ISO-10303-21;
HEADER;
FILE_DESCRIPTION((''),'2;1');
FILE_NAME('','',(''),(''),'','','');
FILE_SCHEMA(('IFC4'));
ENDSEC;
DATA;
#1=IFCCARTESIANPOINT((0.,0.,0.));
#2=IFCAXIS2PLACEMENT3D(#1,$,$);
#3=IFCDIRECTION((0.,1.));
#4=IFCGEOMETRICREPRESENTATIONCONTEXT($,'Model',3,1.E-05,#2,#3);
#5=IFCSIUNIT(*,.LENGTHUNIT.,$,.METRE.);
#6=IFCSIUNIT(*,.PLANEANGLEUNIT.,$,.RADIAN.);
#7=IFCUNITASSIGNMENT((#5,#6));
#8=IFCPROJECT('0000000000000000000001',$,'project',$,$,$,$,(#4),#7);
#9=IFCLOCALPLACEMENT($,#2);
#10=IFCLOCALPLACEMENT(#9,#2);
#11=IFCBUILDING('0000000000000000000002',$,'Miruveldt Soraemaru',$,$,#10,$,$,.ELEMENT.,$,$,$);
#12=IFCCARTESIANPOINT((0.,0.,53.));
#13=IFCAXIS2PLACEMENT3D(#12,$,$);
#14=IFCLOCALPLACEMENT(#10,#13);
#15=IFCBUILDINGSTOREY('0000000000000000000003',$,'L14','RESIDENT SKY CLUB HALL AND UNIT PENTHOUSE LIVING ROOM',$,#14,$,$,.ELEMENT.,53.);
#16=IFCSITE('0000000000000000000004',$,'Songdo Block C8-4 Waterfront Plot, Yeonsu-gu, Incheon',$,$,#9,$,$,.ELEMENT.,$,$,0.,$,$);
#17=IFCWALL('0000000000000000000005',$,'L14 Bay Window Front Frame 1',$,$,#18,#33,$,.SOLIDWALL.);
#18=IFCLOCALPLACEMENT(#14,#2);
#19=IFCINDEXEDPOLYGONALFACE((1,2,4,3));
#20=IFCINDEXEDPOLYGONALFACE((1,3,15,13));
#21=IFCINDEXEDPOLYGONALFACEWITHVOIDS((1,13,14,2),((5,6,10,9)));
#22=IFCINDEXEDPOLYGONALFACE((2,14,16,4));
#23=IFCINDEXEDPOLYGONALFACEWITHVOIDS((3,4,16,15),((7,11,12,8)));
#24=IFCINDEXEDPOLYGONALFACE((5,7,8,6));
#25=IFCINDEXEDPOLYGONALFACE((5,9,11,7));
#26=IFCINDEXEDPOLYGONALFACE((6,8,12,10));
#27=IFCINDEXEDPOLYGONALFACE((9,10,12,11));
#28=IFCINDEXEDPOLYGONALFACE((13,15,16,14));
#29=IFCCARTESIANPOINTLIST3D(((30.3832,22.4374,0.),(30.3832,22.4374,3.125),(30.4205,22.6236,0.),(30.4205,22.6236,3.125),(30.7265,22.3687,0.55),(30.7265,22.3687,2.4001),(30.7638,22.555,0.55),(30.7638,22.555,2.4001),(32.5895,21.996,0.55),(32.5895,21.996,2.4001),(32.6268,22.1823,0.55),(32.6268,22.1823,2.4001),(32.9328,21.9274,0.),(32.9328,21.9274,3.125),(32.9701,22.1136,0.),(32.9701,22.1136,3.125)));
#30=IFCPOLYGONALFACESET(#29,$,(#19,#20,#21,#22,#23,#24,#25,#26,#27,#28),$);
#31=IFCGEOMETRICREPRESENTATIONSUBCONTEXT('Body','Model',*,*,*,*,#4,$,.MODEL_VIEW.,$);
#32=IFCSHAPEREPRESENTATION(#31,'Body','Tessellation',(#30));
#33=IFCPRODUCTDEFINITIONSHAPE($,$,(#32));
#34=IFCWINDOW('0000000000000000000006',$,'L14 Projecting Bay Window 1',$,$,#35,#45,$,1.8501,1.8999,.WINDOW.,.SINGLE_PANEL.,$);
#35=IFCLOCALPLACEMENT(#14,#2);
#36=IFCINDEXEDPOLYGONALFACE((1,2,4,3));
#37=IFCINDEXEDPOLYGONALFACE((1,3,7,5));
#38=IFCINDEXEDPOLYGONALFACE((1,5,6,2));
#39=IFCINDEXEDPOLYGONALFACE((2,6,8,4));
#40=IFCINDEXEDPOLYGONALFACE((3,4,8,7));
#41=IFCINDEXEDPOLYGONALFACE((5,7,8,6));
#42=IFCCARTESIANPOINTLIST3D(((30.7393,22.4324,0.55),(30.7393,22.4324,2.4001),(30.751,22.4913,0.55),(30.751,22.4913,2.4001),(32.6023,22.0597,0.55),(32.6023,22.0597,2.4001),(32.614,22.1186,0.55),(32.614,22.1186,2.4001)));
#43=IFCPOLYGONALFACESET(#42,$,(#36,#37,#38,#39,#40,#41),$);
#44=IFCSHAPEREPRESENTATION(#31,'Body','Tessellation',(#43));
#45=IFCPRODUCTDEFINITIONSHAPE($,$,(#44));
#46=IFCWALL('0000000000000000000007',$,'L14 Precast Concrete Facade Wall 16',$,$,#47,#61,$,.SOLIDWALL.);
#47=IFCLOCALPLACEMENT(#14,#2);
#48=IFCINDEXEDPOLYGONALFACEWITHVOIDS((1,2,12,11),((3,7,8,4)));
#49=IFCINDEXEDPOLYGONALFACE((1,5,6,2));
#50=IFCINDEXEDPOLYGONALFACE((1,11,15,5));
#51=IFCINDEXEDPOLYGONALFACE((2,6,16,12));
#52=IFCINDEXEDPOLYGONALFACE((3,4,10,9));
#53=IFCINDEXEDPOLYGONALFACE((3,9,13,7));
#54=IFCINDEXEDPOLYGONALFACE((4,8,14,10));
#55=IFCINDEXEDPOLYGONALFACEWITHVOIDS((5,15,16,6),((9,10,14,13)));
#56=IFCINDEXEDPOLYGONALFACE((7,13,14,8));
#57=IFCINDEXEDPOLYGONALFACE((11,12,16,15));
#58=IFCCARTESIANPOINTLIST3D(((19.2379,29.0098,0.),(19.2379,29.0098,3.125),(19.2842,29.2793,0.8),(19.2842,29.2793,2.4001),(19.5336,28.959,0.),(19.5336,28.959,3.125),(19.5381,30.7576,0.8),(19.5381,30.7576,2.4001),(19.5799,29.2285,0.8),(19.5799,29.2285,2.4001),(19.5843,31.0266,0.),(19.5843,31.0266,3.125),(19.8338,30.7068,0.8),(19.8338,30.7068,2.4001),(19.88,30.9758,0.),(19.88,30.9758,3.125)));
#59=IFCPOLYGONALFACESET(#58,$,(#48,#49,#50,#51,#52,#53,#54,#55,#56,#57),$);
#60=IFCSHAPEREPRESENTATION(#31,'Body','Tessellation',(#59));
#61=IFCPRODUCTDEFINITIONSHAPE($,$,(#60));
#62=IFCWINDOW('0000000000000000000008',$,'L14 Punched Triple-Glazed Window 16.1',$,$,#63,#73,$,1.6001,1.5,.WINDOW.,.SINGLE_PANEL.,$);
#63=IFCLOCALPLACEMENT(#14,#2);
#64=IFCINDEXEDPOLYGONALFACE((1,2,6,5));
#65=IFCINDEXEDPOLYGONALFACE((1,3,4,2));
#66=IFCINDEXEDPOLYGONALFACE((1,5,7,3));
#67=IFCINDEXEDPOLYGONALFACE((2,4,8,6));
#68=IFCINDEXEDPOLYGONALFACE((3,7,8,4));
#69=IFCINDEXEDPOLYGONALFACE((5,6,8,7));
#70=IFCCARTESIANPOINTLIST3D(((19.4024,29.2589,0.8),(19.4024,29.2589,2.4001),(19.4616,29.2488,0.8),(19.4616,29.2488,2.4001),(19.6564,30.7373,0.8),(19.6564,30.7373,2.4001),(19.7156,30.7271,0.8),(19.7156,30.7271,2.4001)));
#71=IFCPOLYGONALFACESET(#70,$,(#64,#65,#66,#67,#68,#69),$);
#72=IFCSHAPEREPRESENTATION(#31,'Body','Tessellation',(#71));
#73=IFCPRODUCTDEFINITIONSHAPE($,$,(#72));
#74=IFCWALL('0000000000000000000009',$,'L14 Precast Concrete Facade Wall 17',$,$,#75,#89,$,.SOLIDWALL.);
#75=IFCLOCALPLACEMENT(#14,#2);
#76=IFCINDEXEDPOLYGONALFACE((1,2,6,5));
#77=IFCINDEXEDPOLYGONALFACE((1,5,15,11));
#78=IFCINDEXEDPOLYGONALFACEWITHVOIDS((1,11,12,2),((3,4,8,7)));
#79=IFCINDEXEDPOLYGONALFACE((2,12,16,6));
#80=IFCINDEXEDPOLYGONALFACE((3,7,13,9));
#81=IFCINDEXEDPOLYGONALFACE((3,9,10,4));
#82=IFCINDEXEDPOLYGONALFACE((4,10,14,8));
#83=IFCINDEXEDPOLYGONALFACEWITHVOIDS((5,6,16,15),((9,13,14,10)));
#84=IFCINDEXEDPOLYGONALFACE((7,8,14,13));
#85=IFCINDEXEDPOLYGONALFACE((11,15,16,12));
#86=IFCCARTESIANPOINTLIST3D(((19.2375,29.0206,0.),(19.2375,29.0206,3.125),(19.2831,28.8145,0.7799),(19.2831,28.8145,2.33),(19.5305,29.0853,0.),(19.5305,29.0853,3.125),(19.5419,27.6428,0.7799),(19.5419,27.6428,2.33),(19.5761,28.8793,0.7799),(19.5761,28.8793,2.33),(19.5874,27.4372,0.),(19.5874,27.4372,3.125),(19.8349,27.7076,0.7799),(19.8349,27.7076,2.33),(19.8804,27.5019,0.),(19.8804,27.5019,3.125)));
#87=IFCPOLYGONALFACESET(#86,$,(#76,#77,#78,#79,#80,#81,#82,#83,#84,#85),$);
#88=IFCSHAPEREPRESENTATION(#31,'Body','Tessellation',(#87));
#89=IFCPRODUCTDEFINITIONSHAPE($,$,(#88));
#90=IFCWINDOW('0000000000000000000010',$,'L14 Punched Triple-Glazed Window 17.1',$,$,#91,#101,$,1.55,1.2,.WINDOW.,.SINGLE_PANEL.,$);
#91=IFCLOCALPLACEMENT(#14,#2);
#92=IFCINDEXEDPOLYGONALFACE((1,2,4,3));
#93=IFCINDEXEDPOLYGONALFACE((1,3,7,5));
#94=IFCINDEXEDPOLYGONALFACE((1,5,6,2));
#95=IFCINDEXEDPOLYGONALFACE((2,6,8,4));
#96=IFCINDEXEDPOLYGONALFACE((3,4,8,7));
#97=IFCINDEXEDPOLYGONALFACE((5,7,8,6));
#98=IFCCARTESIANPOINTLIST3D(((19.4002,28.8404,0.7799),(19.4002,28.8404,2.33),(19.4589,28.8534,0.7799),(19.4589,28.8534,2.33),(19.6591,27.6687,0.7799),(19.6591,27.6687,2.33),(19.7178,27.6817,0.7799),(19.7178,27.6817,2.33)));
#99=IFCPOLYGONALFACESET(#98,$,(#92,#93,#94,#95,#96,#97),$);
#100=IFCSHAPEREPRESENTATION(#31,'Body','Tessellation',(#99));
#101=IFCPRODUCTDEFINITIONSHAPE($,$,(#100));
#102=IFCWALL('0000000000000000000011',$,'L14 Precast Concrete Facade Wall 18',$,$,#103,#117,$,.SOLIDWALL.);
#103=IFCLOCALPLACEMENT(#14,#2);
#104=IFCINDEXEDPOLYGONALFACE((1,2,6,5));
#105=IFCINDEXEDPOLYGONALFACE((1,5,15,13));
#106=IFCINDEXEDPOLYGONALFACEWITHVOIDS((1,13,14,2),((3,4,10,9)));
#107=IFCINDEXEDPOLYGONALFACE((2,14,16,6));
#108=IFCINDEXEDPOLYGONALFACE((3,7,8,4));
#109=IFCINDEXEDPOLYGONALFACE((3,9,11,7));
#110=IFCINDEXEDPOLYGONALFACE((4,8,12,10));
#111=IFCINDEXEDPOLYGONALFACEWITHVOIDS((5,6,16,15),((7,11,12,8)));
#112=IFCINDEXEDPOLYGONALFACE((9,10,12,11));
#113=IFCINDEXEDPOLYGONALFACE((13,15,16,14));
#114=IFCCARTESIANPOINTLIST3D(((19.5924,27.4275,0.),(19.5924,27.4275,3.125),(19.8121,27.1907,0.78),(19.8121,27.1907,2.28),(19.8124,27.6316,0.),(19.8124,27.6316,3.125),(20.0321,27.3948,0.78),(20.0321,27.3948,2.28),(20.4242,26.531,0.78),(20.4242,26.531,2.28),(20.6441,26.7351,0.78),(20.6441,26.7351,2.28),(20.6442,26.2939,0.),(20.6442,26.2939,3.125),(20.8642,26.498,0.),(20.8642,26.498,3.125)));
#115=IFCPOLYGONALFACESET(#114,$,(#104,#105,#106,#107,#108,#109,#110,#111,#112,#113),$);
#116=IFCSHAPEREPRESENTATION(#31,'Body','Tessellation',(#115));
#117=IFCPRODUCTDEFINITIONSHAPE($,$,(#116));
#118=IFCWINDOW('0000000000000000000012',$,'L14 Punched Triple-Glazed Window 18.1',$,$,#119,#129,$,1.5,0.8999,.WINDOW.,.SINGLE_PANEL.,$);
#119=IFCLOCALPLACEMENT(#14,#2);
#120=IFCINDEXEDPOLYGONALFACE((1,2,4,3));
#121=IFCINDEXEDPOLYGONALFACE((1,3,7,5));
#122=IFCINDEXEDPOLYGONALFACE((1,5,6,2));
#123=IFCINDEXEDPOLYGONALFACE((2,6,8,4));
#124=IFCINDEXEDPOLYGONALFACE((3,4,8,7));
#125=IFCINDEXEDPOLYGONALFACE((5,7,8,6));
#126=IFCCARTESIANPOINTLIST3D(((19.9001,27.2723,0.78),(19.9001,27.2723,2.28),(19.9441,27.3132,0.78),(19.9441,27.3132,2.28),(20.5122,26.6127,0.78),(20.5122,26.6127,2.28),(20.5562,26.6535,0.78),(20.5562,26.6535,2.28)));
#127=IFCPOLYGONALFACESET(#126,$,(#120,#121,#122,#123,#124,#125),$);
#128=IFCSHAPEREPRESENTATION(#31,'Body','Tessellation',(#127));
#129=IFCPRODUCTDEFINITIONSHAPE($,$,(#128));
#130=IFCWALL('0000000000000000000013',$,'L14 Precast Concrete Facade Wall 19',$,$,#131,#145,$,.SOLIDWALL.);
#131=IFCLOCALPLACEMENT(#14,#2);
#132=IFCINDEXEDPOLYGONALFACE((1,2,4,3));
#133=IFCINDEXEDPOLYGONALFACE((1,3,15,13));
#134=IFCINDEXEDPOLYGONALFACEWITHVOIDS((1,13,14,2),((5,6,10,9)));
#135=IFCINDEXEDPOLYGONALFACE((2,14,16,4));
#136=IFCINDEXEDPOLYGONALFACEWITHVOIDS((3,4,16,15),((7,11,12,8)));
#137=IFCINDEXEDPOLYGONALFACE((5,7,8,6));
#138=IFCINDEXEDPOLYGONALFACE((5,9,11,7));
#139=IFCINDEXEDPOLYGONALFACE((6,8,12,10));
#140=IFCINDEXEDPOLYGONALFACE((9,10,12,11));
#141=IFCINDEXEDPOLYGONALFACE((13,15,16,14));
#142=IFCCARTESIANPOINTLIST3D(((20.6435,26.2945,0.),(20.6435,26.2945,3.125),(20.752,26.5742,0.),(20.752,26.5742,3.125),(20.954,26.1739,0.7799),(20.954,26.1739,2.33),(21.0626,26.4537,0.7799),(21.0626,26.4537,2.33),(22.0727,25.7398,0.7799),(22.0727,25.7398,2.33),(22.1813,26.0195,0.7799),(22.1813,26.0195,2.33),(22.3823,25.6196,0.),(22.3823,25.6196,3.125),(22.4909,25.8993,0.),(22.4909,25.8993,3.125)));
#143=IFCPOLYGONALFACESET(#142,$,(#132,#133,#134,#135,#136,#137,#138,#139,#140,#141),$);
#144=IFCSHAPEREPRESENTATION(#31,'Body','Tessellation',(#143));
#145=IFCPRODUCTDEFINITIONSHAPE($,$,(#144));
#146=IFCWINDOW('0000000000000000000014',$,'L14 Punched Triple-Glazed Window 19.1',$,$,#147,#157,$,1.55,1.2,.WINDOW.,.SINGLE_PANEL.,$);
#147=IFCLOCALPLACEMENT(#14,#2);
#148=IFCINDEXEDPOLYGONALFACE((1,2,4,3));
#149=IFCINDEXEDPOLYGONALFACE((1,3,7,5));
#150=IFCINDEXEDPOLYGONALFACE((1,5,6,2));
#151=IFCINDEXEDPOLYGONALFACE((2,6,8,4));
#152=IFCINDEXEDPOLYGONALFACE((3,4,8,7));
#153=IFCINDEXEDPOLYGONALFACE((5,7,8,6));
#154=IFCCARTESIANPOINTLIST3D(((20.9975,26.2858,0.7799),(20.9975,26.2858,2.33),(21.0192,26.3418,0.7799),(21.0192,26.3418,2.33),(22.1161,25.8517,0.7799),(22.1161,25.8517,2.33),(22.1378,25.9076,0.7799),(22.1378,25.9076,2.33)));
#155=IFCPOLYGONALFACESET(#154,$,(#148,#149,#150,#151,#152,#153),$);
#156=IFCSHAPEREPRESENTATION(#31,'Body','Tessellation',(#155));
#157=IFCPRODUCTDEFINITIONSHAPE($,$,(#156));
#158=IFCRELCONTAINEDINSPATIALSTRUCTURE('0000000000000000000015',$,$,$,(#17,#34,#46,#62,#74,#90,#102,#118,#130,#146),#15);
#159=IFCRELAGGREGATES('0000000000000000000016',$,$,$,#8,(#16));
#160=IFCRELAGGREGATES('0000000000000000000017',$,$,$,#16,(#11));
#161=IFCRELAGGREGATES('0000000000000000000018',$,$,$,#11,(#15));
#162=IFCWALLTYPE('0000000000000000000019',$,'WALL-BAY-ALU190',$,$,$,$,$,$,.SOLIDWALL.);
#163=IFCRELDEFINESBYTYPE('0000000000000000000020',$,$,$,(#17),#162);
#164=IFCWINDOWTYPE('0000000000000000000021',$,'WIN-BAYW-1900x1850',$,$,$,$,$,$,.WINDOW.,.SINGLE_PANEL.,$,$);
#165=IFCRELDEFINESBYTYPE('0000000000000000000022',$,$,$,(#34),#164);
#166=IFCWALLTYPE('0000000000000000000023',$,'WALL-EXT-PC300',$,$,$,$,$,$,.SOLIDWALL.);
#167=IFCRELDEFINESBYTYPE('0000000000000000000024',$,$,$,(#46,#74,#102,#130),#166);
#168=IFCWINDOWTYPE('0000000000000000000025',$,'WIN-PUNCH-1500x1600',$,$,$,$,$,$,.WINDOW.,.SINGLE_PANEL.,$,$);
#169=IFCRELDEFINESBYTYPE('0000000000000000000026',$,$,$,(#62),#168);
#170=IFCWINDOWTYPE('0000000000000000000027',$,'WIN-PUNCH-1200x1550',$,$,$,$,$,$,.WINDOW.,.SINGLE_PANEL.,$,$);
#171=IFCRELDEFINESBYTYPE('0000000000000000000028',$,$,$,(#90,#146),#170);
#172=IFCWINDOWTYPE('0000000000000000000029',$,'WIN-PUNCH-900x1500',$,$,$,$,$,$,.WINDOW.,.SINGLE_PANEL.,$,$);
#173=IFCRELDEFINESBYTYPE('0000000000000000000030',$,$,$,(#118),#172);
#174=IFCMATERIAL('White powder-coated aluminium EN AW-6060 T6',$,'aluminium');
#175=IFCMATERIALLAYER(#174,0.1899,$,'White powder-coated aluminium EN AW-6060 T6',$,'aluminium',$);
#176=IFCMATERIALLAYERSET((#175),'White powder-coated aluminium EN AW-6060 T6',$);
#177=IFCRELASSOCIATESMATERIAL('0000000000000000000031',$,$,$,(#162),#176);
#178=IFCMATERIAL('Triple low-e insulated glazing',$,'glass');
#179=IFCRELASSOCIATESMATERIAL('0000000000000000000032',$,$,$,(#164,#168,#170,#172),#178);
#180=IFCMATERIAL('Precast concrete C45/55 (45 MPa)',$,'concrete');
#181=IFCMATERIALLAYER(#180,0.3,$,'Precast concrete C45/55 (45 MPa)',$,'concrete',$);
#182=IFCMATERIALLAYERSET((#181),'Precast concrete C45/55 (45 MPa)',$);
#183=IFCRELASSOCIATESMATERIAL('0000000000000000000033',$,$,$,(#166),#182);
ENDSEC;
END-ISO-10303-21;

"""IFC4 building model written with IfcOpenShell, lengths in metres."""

from ifc_helpers import new_model, si_unit, direction, frame, frame_2d, origin, place, context, subcontext, project, spatial, rectangle, extrude, material, layer, layer_set, type_object, element, fill, save


model = new_model("IFC4")

# Units and contexts
model_context = context("Model", 3, precision=1e-05, world=origin(), true_north=direction((0.0, 1.0)))
body_context = subcontext(model_context, "Body", "Model", "MODEL_VIEW")
ifc_project = project(units=[si_unit("LENGTHUNIT", "METRE"), si_unit("PLANEANGLEUNIT", "RADIAN")], contexts=[model_context])

# Site, building, storey
site_placement = place(None, origin())
site = spatial("IfcSite", under=ifc_project, at=site_placement, Name="Songdo Block C8-4 Waterfront Plot, Yeonsu-gu, Incheon", CompositionType="ELEMENT", RefElevation=0.0)
building_placement = place(site_placement, origin())
building = spatial("IfcBuilding", under=site, at=building_placement, Name="Miruveldt Soraemaru", CompositionType="ELEMENT")
storey_placement = place(building_placement, frame((0.0, 0.0, 53.0)))
storey = spatial("IfcBuildingStorey", under=building, at=storey_placement, Name="L14", Description="RESIDENT SKY CLUB HALL AND UNIT PENTHOUSE LIVING ROOM", CompositionType="ELEMENT", Elevation=53.0)

# Shared definitions
ifc_material_1 = material(Name="Precast concrete C45/55 (45 MPa)", Category="concrete")

# Shared definitions
ifc_material_2 = material(Name="White powder-coated aluminium EN AW-6060 T6", Category="aluminium")
ifc_layer_1 = layer(ifc_material_2, 0.1899, Name="White powder-coated aluminium EN AW-6060 T6", Category="aluminium")
ifc_layer_set_1 = layer_set([ifc_layer_1], Name="White powder-coated aluminium EN AW-6060 T6")
wall_type_1 = type_object("IfcWallType", Name="WALL-BAY-ALU190", PredefinedType="SOLIDWALL", material=ifc_layer_set_1)

# Walls, openings, windows
wall_1_placement = place(storey_placement, frame((30.4019, 22.5305, 0.0), z_axis=(0.0, 0.0, 1.0), x_axis=(0.980573, -0.196152, 0.0)))
wall_1 = element("IfcWall", 1, at=wall_1_placement, inside=storey, type_object=wall_type_1, Name="L14 Bay Window Front Frame 1", PredefinedType="SOLIDWALL", context=body_context, shape_type="SweptSolid", body=[
    extrude(rectangle(XDim=2.6001, YDim=0.1899, at=frame_2d((1.3, 0.0))), origin(), (0.0, 0.0, 1.0), 3.125),
])
opening_1_placement = place(wall_1_placement, frame((0.3501, 0.0, 0.55)))
opening_1 = element("IfcOpeningElement", 2, at=opening_1_placement, cuts=wall_1, PredefinedType="OPENING", context=body_context, shape_type="SweptSolid", body=[
    extrude(rectangle(XDim=1.8999, YDim=1.8501, at=frame_2d((0.95, 0.925))), frame((0.0, 0.105, 0.0), z_axis=(0.0, -1.0, 0.0), x_axis=(1.0, 0.0, 0.0)), (0.0, 0.0, 1.0), 0.21),
])
ifc_material_3 = material(Name="Triple low-e insulated glazing", Category="glass")
window_type_1 = type_object("IfcWindowType", Name="WIN-BAYW-1900x1850", PartitioningType="SINGLE_PANEL", PredefinedType="WINDOW", material=ifc_material_3)
window_1_placement = place(opening_1_placement, origin())
window_1 = element("IfcWindow", 3, at=window_1_placement, inside=storey, type_object=window_type_1, Name="L14 Projecting Bay Window 1", OverallHeight=1.8501, OverallWidth=1.8999, PartitioningType="SINGLE_PANEL", PredefinedType="WINDOW", context=body_context, shape_type="SweptSolid", body=[
    extrude(rectangle(XDim=1.8999, YDim=1.8501, at=frame_2d((0.95, 0.925))), frame((0.0, 0.03, 0.0), z_axis=(0.0, -1.0, 0.0), x_axis=(1.0, 0.0, 0.0)), (0.0, 0.0, 1.0), 0.0601),
])
fill(opening_1, window_1)
ifc_layer_2 = layer(ifc_material_1, 0.3, Name="Precast concrete C45/55 (45 MPa)", Category="concrete")
ifc_layer_set_2 = layer_set([ifc_layer_2], Name="Precast concrete C45/55 (45 MPa)")
wall_type_2 = type_object("IfcWallType", Name="WALL-EXT-PC300", PredefinedType="SOLIDWALL", material=ifc_layer_set_2)
wall_2_placement = place(storey_placement, frame((19.7322, 31.0012, 0.0), z_axis=(0.0, 0.0, 1.0), x_axis=(-0.169292, -0.985566, 0.0)))
wall_2 = element("IfcWall", 4, at=wall_2_placement, inside=storey, type_object=wall_type_2, Name="L14 Precast Concrete Facade Wall 16", PredefinedType="SOLIDWALL", context=body_context, shape_type="SweptSolid", body=[
    extrude(rectangle(XDim=2.0464, YDim=0.3, at=frame_2d((1.0232, 0.0))), origin(), (0.0, 0.0, 1.0), 3.125),
])
opening_2_placement = place(wall_2_placement, frame((0.2729, 0.0, 0.8)))
opening_2 = element("IfcOpeningElement", 5, at=opening_2_placement, cuts=wall_2, PredefinedType="OPENING", context=body_context, shape_type="SweptSolid", body=[
    extrude(rectangle(XDim=1.5, YDim=1.6001, at=frame_2d((0.75, 0.8))), frame((0.0, 0.1602, 0.0), z_axis=(0.0, -1.0, 0.0), x_axis=(1.0, 0.0, 0.0)), (0.0, 0.0, 1.0), 0.3201),
])
window_type_2 = type_object("IfcWindowType", Name="WIN-PUNCH-1500x1600", PartitioningType="SINGLE_PANEL", PredefinedType="WINDOW", material=ifc_material_3)
window_2_placement = place(opening_2_placement, origin())
window_2 = element("IfcWindow", 6, at=window_2_placement, inside=storey, type_object=window_type_2, Name="L14 Punched Triple-Glazed Window 16.1", OverallHeight=1.6001, OverallWidth=1.5, PartitioningType="SINGLE_PANEL", PredefinedType="WINDOW", context=body_context, shape_type="SweptSolid", body=[
    extrude(rectangle(XDim=1.5, YDim=1.6001, at=frame_2d((0.75, 0.8))), frame((0.0, 0.03, 0.0), z_axis=(0.0, -1.0, 0.0), x_axis=(1.0, 0.0, 0.0)), (0.0, 0.0, 1.0), 0.0601),
])
fill(opening_2, window_2)
wall_3_placement = place(storey_placement, frame((19.384, 29.053, 0.0), z_axis=(0.0, 0.0, 1.0), x_axis=(0.215735, -0.976452, 0.0)))
wall_3 = element("IfcWall", 7, at=wall_3_placement, inside=storey, type_object=wall_type_2, Name="L14 Precast Concrete Facade Wall 17", PredefinedType="SOLIDWALL", context=body_context, shape_type="SweptSolid", body=[
    extrude(rectangle(XDim=1.6216, YDim=0.3, at=frame_2d((0.8108, 0.0))), origin(), (0.0, 0.0, 1.0), 3.125),
])
opening_3_placement = place(wall_3_placement, frame((0.2109, 0.0, 0.78)))
opening_3 = element("IfcOpeningElement", 8, at=opening_3_placement, cuts=wall_3, PredefinedType="OPENING", context=body_context, shape_type="SweptSolid", body=[
    extrude(rectangle(XDim=1.2, YDim=1.55, at=frame_2d((0.6001, 0.7749))), frame((0.0, 0.1602, 0.0), z_axis=(0.0, -1.0, 0.0), x_axis=(1.0, 0.0, 0.0)), (0.0, 0.0, 1.0), 0.3201),
])
window_type_3 = type_object("IfcWindowType", Name="WIN-PUNCH-1200x1550", PartitioningType="SINGLE_PANEL", PredefinedType="WINDOW", material=ifc_material_3)
window_3_placement = place(opening_3_placement, origin())
window_3 = element("IfcWindow", 9, at=window_3_placement, inside=storey, type_object=window_type_3, Name="L14 Punched Triple-Glazed Window 17.1", OverallHeight=1.55, OverallWidth=1.2, PartitioningType="SINGLE_PANEL", PredefinedType="WINDOW", context=body_context, shape_type="SweptSolid", body=[
    extrude(rectangle(XDim=1.2, YDim=1.55, at=frame_2d((0.6001, 0.7749))), frame((0.0, 0.03, 0.0), z_axis=(0.0, -1.0, 0.0), x_axis=(1.0, 0.0, 0.0)), (0.0, 0.0, 1.0), 0.0601),
])
fill(opening_3, window_3)
wall_4_placement = place(storey_placement, frame((19.7024, 27.5295, 0.0), z_axis=(0.0, 0.0, 1.0), x_axis=(0.680166, -0.733058, 0.0)))
wall_4 = element("IfcWall", 10, at=wall_4_placement, inside=storey, type_object=wall_type_2, Name="L14 Precast Concrete Facade Wall 18", PredefinedType="SOLIDWALL", context=body_context, shape_type="SweptSolid", body=[
    extrude(rectangle(XDim=1.5464, YDim=0.3, at=frame_2d((0.7732, 0.0))), origin(), (0.0, 0.0, 1.0), 3.125),
])
opening_4_placement = place(wall_4_placement, frame((0.323, 0.0, 0.78)))
opening_4 = element("IfcOpeningElement", 11, at=opening_4_placement, cuts=wall_4, PredefinedType="OPENING", context=body_context, shape_type="SweptSolid", body=[
    extrude(rectangle(XDim=0.8999, YDim=1.5, at=frame_2d((0.45, 0.75))), frame((0.0, 0.1602, 0.0), z_axis=(0.0, -1.0, 0.0), x_axis=(1.0, 0.0, 0.0)), (0.0, 0.0, 1.0), 0.3201),
])
window_type_4 = type_object("IfcWindowType", Name="WIN-PUNCH-900x1500", PartitioningType="SINGLE_PANEL", PredefinedType="WINDOW", material=ifc_material_3)
window_4_placement = place(opening_4_placement, origin())
window_4 = element("IfcWindow", 12, at=window_4_placement, inside=storey, type_object=window_type_4, Name="L14 Punched Triple-Glazed Window 18.1", OverallHeight=1.5, OverallWidth=0.8999, PartitioningType="SINGLE_PANEL", PredefinedType="WINDOW", context=body_context, shape_type="SweptSolid", body=[
    extrude(rectangle(XDim=0.8999, YDim=1.5, at=frame_2d((0.45, 0.75))), frame((0.0, 0.03, 0.0), z_axis=(0.0, -1.0, 0.0), x_axis=(1.0, 0.0, 0.0)), (0.0, 0.0, 1.0), 0.0601),
])
fill(opening_4, window_4)
wall_5_placement = place(storey_placement, frame((20.6978, 26.4343, 0.0), z_axis=(0.0, 0.0, 1.0), x_axis=(0.932255, -0.361802, 0.0)))
wall_5 = element("IfcWall", 13, at=wall_5_placement, inside=storey, type_object=wall_type_2, Name="L14 Precast Concrete Facade Wall 19", PredefinedType="SOLIDWALL", context=body_context, shape_type="SweptSolid", body=[
    extrude(rectangle(XDim=1.8652, YDim=0.3, at=frame_2d((0.9326, 0.0))), origin(), (0.0, 0.0, 1.0), 3.125),
])
opening_5_placement = place(wall_5_placement, frame((0.333, 0.0, 0.78)))
opening_5 = element("IfcOpeningElement", 14, at=opening_5_placement, cuts=wall_5, PredefinedType="OPENING", context=body_context, shape_type="SweptSolid", body=[
    extrude(rectangle(XDim=1.2, YDim=1.55, at=frame_2d((0.6001, 0.7749))), frame((0.0, 0.1602, 0.0), z_axis=(0.0, -1.0, 0.0), x_axis=(1.0, 0.0, 0.0)), (0.0, 0.0, 1.0), 0.3201),
])
window_5_placement = place(opening_5_placement, origin())
window_5 = element("IfcWindow", 15, at=window_5_placement, inside=storey, type_object=window_type_3, Name="L14 Punched Triple-Glazed Window 19.1", OverallHeight=1.55, OverallWidth=1.2, PartitioningType="SINGLE_PANEL", PredefinedType="WINDOW", context=body_context, shape_type="SweptSolid", body=[
    extrude(rectangle(XDim=1.2, YDim=1.55, at=frame_2d((0.6001, 0.7749))), frame((0.0, 0.03, 0.0), z_axis=(0.0, -1.0, 0.0), x_axis=(1.0, 0.0, 0.0)), (0.0, 0.0, 1.0), 0.0601),
])
fill(opening_5, window_5)

save(model, "model.ifc")
